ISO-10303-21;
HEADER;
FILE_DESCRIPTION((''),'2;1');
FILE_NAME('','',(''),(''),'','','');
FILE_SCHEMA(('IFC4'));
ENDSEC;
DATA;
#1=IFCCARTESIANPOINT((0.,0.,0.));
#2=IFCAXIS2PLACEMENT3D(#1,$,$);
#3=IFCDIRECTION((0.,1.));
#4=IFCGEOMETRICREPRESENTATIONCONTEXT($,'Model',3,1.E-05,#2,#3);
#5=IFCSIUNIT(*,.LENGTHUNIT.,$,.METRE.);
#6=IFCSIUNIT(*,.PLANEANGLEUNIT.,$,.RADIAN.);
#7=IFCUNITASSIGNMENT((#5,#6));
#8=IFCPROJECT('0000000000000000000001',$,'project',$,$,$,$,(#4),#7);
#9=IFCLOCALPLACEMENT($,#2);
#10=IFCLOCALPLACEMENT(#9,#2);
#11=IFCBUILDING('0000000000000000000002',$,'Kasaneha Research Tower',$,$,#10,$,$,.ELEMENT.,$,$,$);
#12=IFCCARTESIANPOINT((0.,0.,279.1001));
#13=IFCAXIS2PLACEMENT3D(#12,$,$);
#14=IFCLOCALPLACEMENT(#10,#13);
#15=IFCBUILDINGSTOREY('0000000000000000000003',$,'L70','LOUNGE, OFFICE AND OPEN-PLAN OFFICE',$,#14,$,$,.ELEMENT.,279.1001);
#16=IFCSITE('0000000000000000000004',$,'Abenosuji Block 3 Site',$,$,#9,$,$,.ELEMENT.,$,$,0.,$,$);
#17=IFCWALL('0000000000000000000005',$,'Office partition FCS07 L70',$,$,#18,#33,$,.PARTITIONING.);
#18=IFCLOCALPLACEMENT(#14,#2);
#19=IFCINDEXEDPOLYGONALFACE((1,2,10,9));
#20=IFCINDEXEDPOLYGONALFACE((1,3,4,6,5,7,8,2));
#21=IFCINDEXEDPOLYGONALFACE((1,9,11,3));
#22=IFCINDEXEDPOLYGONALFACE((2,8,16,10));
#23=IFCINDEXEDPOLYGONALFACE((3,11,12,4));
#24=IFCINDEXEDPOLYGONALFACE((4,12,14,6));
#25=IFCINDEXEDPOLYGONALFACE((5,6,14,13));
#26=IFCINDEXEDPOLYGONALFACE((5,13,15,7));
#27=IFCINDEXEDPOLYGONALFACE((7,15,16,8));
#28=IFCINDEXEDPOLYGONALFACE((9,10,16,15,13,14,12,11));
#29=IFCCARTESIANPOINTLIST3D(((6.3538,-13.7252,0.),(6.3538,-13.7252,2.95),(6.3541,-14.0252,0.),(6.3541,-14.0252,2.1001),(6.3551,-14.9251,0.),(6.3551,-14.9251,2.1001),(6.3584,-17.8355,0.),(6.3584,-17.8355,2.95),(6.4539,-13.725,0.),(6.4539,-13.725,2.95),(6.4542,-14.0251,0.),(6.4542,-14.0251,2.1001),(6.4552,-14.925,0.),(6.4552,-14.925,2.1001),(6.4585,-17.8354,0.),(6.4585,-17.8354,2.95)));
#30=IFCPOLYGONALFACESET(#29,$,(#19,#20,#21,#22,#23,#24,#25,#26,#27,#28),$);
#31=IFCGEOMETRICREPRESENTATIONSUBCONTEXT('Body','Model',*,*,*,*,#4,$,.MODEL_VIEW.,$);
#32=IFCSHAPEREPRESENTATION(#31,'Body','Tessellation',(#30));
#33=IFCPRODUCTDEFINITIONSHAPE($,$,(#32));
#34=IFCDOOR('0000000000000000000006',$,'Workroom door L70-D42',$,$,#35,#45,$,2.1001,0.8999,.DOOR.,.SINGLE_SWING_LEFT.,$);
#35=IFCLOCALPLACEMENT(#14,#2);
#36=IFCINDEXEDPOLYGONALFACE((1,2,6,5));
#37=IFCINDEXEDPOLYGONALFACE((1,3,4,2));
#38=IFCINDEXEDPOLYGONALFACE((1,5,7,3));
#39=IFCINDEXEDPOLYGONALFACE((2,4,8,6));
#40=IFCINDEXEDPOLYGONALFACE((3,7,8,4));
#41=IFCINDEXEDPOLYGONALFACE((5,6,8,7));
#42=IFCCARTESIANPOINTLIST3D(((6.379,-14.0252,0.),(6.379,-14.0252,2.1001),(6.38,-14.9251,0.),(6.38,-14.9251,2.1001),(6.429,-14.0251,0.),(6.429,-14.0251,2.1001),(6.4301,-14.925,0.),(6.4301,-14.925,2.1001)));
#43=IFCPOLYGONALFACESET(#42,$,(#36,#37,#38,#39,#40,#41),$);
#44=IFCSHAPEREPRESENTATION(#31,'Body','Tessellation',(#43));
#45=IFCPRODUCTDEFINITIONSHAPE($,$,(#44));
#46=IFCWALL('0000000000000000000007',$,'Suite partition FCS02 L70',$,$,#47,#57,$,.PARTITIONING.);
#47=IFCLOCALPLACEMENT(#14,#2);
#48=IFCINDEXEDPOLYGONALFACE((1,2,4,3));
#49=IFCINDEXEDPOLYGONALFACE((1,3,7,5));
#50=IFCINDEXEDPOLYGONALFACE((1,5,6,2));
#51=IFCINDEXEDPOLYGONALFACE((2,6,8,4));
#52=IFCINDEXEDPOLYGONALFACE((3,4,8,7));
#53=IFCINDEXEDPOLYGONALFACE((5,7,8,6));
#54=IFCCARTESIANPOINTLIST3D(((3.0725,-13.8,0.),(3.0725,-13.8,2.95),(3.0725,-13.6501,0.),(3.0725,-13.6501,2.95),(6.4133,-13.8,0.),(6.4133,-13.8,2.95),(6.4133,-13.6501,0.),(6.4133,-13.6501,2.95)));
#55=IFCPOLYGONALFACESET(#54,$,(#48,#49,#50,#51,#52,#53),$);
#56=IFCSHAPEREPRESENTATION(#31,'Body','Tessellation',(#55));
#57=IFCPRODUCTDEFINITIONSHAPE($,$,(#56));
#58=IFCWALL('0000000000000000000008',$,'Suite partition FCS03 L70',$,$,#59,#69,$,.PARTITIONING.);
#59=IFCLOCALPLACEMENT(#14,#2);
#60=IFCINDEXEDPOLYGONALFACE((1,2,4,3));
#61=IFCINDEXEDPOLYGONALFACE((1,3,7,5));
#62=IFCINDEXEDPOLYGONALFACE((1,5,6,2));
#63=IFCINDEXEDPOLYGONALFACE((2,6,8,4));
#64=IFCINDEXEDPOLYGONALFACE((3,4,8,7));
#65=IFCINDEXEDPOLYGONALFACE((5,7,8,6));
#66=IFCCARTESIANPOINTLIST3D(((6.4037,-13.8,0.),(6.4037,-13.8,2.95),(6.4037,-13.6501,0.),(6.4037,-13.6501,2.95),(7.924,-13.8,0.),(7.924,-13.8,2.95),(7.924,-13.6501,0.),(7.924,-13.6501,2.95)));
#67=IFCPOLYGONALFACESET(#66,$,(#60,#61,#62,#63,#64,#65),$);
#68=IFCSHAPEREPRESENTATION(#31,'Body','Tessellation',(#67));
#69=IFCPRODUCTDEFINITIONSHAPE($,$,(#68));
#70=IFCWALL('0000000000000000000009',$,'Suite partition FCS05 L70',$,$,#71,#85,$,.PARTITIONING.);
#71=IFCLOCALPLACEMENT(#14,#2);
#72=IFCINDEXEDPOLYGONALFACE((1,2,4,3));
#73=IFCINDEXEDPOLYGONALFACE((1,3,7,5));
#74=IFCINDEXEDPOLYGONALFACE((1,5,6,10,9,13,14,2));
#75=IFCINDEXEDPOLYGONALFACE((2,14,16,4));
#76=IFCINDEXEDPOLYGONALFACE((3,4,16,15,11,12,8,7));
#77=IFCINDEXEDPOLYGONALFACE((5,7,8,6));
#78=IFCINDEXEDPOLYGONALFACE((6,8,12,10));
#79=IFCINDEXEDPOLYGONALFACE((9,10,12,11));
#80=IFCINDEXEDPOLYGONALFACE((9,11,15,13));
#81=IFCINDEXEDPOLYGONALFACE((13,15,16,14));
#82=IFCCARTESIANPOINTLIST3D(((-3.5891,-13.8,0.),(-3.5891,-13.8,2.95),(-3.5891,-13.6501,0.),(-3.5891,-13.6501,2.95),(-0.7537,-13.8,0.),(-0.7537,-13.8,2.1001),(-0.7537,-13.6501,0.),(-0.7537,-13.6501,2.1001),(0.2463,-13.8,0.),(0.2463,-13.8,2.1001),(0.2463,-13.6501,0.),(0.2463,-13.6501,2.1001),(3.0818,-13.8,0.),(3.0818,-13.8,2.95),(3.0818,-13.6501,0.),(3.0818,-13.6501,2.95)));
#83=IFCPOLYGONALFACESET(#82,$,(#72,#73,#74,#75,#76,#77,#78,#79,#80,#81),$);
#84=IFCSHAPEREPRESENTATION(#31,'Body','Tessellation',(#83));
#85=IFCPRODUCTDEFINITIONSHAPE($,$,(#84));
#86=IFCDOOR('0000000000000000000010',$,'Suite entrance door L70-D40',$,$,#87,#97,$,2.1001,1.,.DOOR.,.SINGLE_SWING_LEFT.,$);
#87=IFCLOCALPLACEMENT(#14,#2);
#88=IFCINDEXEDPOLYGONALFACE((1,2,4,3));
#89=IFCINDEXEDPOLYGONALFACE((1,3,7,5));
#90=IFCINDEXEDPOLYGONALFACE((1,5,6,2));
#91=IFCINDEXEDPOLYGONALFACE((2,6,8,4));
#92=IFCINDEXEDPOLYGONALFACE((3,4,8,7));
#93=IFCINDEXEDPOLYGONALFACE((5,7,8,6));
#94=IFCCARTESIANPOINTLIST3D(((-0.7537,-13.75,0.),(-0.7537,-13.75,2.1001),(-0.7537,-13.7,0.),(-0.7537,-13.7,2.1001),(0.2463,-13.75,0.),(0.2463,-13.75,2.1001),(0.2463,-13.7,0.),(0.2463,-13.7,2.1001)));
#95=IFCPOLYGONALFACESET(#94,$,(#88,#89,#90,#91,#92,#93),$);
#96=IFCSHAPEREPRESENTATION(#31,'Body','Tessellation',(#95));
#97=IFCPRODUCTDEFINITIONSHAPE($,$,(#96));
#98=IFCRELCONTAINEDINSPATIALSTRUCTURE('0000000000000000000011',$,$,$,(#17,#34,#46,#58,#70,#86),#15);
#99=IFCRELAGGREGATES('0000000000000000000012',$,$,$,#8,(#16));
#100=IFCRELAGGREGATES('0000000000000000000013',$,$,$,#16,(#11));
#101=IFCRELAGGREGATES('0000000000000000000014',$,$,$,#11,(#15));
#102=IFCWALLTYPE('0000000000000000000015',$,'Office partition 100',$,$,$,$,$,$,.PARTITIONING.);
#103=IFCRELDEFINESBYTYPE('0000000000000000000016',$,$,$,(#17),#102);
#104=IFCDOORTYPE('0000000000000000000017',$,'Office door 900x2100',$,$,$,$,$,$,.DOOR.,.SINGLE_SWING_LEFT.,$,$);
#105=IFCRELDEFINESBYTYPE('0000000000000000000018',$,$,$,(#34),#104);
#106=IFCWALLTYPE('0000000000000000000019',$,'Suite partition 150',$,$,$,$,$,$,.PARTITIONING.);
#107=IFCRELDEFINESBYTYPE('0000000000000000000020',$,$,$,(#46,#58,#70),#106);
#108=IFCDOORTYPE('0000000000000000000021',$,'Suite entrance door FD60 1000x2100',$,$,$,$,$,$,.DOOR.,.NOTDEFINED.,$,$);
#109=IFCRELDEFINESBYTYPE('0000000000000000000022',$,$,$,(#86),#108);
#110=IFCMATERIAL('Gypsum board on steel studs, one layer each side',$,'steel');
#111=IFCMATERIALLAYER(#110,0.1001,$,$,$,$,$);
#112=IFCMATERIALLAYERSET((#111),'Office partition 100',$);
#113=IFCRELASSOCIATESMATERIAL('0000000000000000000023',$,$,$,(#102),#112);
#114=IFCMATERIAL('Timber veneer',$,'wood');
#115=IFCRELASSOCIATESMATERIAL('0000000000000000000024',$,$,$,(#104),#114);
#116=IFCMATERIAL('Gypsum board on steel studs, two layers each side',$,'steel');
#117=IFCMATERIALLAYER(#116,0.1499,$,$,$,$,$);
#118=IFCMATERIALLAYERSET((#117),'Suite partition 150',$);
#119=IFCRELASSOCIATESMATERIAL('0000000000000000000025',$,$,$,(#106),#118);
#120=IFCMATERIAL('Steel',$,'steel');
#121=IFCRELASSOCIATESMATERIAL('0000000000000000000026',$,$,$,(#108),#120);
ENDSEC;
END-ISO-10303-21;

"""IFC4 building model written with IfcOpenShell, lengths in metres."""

from ifc_helpers import new_model, si_unit, direction, frame, frame_2d, origin, place, context, subcontext, project, spatial, rectangle, extrude, material, layer, layer_set, type_object, element, fill, save


model = new_model("IFC4")

# Units and contexts
model_context = context("Model", 3, precision=1e-05, world=origin(), true_north=direction((0.0, 1.0)))
body_context = subcontext(model_context, "Body", "Model", "MODEL_VIEW")
ifc_project = project(units=[si_unit("LENGTHUNIT", "METRE"), si_unit("PLANEANGLEUNIT", "RADIAN")], contexts=[model_context])

# Site, building, storey
site_placement = place(None, origin())
site = spatial("IfcSite", under=ifc_project, at=site_placement, Name="Abenosuji Block 3 Site", CompositionType="ELEMENT", RefElevation=0.0)
building_placement = place(site_placement, origin())
building = spatial("IfcBuilding", under=site, at=building_placement, Name="Kasaneha Research Tower", CompositionType="ELEMENT")
storey_placement = place(building_placement, frame((0.0, 0.0, 279.1001)))
storey = spatial("IfcBuildingStorey", under=building, at=storey_placement, Name="L70", Description="LOUNGE, OFFICE AND OPEN-PLAN OFFICE", CompositionType="ELEMENT", Elevation=279.1001)

# Wall, opening, door
ifc_material_1 = material(Name="Gypsum board on steel studs, one layer each side", Category="steel")
ifc_layer_1 = layer(ifc_material_1, 0.1001)
ifc_layer_set_1 = layer_set([ifc_layer_1], Name="Office partition 100")
wall_type_1 = type_object("IfcWallType", Name="Office partition 100", PredefinedType="PARTITIONING", material=ifc_layer_set_1)
wall_1_placement = place(storey_placement, frame((6.4038, -13.7251, 0.0), z_axis=(0.0, 0.0, 1.0), x_axis=(0.001129, -0.999999, 0.0)))
wall_1 = element("IfcWall", 1, at=wall_1_placement, inside=storey, type_object=wall_type_1, Name="Office partition FCS07 L70", PredefinedType="PARTITIONING", context=body_context, shape_type="SweptSolid", body=[
    extrude(rectangle(XDim=4.1104, YDim=0.1001, at=frame_2d((2.0552, 0.0))), origin(), (0.0, 0.0, 1.0), 2.95),
])
opening_1_placement = place(wall_1_placement, frame((0.3, 0.0, 0.0)))
opening_1 = element("IfcOpeningElement", 2, at=opening_1_placement, cuts=wall_1, PredefinedType="OPENING", context=body_context, shape_type="SweptSolid", body=[
    extrude(rectangle(XDim=0.8999, YDim=2.1001, at=frame_2d((0.45, 1.05))), frame((0.0, 0.0601, 0.0), z_axis=(0.0, -1.0, 0.0), x_axis=(1.0, 0.0, 0.0)), (0.0, 0.0, 1.0), 0.1201),
])
ifc_material_2 = material(Name="Timber veneer", Category="wood")
door_type_1 = type_object("IfcDoorType", Name="Office door 900x2100", OperationType="SINGLE_SWING_LEFT", PredefinedType="DOOR", material=ifc_material_2)
door_1_placement = place(opening_1_placement, origin())
door_1 = element("IfcDoor", 3, at=door_1_placement, inside=storey, type_object=door_type_1, Name="Workroom door L70-D42", OperationType="SINGLE_SWING_LEFT", OverallHeight=2.1001, OverallWidth=0.8999, PredefinedType="DOOR", context=body_context, shape_type="SweptSolid", body=[
    extrude(rectangle(XDim=0.8999, YDim=2.1001, at=frame_2d((0.45, 1.05))), frame((0.0, 0.0249, 0.0), z_axis=(0.0, -1.0, 0.0), x_axis=(1.0, 0.0, 0.0)), (0.0, 0.0, 1.0), 0.05),
])
fill(opening_1, door_1)

# Walls
ifc_material_3 = material(Name="Gypsum board on steel studs, two layers each side", Category="steel")
ifc_layer_2 = layer(ifc_material_3, 0.1499)
ifc_layer_set_2 = layer_set([ifc_layer_2], Name="Suite partition 150")
wall_type_2 = type_object("IfcWallType", Name="Suite partition 150", PredefinedType="PARTITIONING", material=ifc_layer_set_2)
wall_2_placement = place(storey_placement, frame((6.4133, -13.7251, 0.0), z_axis=(0.0, 0.0, 1.0), x_axis=(-1.0, 0.0, 0.0)))
element("IfcWall", 4, at=wall_2_placement, inside=storey, type_object=wall_type_2, Name="Suite partition FCS02 L70", PredefinedType="PARTITIONING", context=body_context, shape_type="SweptSolid", body=[
    extrude(rectangle(XDim=3.3408, YDim=0.1499, at=frame_2d((1.6704, 0.0))), origin(), (0.0, 0.0, 1.0), 2.95),
])
wall_3_placement = place(storey_placement, frame((7.9241, -13.7251, 0.0), z_axis=(0.0, 0.0, 1.0), x_axis=(-1.0, 0.0, 0.0)))
element("IfcWall", 5, at=wall_3_placement, inside=storey, type_object=wall_type_2, Name="Suite partition FCS03 L70", PredefinedType="PARTITIONING", context=body_context, shape_type="SweptSolid", body=[
    extrude(rectangle(XDim=1.5203, YDim=0.1499, at=frame_2d((0.7603, 0.0))), origin(), (0.0, 0.0, 1.0), 2.95),
])

# Wall, opening, door
wall_4_placement = place(storey_placement, frame((3.0818, -13.7251, 0.0), z_axis=(0.0, 0.0, 1.0), x_axis=(-1.0, 0.0, 0.0)))
wall_4 = element("IfcWall", 6, at=wall_4_placement, inside=storey, type_object=wall_type_2, Name="Suite partition FCS05 L70", PredefinedType="PARTITIONING", context=body_context, shape_type="SweptSolid", body=[
    extrude(rectangle(XDim=6.6709, YDim=0.1499, at=frame_2d((3.3354, 0.0))), origin(), (0.0, 0.0, 1.0), 2.95),
])
opening_2_placement = place(wall_4_placement, frame((2.8354, 0.0, 0.0)))
opening_2 = element("IfcOpeningElement", 7, at=opening_2_placement, cuts=wall_4, PredefinedType="OPENING", context=body_context, shape_type="SweptSolid", body=[
    extrude(rectangle(XDim=1.0, YDim=2.1001, at=frame_2d((0.5, 1.05))), frame((0.0, 0.085, 0.0), z_axis=(0.0, -1.0, 0.0), x_axis=(1.0, 0.0, 0.0)), (0.0, 0.0, 1.0), 0.1699),
])
ifc_material_4 = material(Name="Steel", Category="steel")
door_type_2 = type_object("IfcDoorType", Name="Suite entrance door FD60 1000x2100", OperationType="NOTDEFINED", PredefinedType="DOOR", material=ifc_material_4)
door_2_placement = place(opening_2_placement, origin())
door_2 = element("IfcDoor", 8, at=door_2_placement, inside=storey, type_object=door_type_2, Name="Suite entrance door L70-D40", OperationType="SINGLE_SWING_LEFT", OverallHeight=2.1001, OverallWidth=1.0, PredefinedType="DOOR", context=body_context, shape_type="SweptSolid", body=[
    extrude(rectangle(XDim=1.0, YDim=2.1001, at=frame_2d((0.5, 1.05))), frame((0.0, 0.0249, 0.0), z_axis=(0.0, -1.0, 0.0), x_axis=(1.0, 0.0, 0.0)), (0.0, 0.0, 1.0), 0.05),
])
fill(opening_2, door_2)

save(model, "model.ifc")
